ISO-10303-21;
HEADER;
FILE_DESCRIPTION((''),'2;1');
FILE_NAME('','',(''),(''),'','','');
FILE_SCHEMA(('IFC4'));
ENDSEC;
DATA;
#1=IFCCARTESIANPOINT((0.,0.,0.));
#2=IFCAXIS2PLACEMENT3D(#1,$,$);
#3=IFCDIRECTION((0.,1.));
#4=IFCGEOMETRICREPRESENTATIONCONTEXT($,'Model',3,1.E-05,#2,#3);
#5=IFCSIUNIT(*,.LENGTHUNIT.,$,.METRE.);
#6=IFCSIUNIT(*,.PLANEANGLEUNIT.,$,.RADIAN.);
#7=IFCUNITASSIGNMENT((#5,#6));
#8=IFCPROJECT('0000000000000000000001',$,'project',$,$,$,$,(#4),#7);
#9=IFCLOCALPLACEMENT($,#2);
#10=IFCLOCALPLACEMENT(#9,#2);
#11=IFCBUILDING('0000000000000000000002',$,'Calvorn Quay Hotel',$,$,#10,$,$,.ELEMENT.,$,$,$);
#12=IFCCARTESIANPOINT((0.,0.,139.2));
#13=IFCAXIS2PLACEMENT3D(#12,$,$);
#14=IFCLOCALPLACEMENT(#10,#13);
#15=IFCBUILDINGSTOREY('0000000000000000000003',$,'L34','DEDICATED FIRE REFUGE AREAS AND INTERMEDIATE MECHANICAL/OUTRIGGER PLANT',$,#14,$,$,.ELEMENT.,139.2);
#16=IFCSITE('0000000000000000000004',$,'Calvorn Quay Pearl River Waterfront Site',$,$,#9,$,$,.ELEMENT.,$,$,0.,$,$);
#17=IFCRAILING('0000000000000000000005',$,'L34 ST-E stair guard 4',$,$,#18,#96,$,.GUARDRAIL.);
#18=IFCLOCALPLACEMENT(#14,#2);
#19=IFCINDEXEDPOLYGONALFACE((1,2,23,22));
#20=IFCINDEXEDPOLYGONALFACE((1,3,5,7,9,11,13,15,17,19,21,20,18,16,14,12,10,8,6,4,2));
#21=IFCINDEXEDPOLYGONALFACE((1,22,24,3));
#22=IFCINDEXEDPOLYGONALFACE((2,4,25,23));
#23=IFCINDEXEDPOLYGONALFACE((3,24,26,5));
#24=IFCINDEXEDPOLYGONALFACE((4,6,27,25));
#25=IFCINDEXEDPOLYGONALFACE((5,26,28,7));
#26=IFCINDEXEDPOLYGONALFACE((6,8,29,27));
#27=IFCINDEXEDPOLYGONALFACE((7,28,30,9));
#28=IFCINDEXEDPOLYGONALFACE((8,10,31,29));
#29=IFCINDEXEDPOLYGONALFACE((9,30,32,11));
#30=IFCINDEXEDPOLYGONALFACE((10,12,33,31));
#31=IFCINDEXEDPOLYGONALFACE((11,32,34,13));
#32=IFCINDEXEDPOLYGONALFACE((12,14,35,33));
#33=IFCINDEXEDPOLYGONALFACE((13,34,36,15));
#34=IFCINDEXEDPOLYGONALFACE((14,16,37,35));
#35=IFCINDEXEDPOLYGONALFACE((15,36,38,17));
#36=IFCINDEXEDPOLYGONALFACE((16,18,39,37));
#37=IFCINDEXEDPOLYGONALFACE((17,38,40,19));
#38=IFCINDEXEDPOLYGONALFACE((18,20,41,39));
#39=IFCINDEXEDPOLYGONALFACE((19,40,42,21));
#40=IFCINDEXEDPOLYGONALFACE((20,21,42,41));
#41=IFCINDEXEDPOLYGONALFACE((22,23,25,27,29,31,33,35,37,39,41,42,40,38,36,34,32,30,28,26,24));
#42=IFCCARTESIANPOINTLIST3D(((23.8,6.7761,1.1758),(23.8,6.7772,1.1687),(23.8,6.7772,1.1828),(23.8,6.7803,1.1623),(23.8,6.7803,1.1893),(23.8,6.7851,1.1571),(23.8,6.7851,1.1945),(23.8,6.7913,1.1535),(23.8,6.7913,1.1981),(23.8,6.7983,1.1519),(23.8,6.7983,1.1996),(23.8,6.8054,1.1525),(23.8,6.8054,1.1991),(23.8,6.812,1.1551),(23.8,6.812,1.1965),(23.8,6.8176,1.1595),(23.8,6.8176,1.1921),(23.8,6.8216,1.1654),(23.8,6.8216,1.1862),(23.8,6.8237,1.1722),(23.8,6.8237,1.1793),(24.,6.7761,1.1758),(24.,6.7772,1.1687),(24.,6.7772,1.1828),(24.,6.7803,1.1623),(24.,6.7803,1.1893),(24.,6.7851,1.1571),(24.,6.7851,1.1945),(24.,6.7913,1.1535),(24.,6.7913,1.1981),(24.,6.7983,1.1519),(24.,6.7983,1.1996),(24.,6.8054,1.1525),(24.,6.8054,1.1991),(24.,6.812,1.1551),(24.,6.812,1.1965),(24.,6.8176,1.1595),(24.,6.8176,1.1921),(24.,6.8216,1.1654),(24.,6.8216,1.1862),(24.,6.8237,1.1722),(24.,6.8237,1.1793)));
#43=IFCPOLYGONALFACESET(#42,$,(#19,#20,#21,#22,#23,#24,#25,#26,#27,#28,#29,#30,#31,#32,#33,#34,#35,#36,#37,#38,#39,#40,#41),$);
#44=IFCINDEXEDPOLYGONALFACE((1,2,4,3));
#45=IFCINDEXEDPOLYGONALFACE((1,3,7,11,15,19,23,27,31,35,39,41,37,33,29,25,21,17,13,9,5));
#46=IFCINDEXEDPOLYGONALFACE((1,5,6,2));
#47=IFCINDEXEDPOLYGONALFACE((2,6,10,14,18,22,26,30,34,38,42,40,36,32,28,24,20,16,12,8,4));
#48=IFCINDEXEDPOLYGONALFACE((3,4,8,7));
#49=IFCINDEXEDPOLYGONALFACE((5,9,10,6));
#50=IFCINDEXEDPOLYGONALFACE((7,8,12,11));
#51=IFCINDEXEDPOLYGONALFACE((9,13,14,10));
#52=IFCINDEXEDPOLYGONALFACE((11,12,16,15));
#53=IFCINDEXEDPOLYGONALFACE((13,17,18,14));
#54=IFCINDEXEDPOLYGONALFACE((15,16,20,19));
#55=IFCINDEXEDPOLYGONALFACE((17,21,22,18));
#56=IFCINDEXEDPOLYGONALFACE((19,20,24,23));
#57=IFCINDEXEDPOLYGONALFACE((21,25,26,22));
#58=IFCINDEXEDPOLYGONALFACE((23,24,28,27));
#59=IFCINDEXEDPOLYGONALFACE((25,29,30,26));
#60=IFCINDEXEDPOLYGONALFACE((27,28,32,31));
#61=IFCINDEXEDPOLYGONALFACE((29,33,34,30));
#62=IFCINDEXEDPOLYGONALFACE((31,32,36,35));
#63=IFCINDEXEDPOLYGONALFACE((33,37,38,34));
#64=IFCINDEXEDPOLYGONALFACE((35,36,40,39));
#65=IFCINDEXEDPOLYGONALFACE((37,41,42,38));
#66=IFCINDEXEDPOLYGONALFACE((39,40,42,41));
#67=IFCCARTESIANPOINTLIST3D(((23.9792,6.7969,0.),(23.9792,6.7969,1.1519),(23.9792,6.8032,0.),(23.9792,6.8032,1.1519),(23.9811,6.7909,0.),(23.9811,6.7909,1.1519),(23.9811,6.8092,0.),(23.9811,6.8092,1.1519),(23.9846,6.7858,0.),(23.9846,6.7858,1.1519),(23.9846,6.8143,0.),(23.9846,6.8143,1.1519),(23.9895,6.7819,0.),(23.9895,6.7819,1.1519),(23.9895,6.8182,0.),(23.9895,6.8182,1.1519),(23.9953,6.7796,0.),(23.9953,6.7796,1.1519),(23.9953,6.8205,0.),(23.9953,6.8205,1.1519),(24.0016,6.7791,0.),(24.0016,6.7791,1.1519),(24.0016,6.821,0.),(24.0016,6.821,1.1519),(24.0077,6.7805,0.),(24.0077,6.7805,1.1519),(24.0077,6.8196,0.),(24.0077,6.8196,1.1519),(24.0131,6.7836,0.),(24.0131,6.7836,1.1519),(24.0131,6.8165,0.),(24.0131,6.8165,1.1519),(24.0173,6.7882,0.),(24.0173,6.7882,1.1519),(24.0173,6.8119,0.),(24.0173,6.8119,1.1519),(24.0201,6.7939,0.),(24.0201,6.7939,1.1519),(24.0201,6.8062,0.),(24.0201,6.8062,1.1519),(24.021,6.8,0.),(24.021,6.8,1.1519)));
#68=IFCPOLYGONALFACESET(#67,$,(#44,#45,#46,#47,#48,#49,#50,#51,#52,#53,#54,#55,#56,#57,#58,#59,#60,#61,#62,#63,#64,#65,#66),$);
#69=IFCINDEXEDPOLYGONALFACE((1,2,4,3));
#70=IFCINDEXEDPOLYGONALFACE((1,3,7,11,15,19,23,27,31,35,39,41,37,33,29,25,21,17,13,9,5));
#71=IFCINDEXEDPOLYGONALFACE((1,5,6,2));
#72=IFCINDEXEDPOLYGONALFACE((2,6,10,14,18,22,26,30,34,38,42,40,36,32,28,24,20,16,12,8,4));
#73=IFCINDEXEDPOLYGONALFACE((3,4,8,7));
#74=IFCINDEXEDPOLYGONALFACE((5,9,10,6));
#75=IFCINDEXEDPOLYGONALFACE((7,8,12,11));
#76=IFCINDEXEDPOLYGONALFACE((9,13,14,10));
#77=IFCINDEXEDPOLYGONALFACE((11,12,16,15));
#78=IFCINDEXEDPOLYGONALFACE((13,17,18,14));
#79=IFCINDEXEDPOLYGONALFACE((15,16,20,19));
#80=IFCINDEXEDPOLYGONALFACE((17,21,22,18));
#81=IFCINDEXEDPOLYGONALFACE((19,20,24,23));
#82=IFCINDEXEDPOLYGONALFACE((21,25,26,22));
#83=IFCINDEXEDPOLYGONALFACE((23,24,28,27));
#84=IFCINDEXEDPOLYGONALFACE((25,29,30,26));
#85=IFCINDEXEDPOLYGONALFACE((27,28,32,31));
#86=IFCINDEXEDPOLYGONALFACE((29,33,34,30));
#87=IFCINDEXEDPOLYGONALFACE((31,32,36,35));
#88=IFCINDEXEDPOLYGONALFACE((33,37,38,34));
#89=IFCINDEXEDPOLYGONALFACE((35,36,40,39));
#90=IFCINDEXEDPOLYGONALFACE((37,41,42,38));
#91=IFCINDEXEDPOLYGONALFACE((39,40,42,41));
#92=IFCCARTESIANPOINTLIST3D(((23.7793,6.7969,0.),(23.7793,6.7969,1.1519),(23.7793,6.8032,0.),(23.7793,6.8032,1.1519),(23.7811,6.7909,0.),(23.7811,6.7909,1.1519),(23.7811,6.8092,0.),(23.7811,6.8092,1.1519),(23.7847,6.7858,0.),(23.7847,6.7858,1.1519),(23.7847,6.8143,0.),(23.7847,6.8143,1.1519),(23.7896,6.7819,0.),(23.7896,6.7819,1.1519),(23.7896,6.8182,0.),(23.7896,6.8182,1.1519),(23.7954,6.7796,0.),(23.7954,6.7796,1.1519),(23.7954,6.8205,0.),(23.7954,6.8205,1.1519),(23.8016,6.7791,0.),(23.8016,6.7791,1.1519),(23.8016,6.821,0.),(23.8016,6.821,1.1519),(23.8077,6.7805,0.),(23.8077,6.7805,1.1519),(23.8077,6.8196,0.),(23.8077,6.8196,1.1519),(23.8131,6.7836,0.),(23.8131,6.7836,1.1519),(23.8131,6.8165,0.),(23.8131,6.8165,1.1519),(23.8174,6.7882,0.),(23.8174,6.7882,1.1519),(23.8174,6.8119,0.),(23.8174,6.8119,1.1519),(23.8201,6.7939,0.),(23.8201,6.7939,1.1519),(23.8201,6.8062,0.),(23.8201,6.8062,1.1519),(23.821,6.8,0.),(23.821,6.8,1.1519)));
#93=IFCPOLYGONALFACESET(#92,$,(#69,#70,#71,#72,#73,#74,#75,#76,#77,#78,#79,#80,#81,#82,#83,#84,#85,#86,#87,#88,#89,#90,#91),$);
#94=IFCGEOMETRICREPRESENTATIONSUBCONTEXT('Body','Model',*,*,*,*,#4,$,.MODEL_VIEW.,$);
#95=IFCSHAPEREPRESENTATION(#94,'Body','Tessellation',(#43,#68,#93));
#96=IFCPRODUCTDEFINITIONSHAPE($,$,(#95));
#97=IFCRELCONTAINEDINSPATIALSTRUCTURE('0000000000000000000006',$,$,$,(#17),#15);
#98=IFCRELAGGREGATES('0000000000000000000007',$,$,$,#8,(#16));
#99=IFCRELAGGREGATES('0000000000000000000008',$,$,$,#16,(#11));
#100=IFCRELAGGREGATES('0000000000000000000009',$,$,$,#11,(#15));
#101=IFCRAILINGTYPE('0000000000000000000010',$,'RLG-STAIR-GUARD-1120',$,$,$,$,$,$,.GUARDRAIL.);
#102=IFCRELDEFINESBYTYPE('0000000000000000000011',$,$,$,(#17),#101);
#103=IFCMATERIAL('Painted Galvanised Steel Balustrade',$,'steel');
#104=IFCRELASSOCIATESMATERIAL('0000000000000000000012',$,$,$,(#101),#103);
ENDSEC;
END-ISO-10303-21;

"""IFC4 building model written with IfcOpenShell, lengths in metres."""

from ifc_helpers import new_model, si_unit, direction, frame, origin, origin_2d, place, context, subcontext, project, spatial, circle, extrude, material, type_object, element, save


model = new_model("IFC4")

# Units and contexts
model_context = context("Model", 3, precision=1e-05, world=origin(), true_north=direction((0.0, 1.0)))
body_context = subcontext(model_context, "Body", "Model", "MODEL_VIEW")
ifc_project = project(units=[si_unit("LENGTHUNIT", "METRE"), si_unit("PLANEANGLEUNIT", "RADIAN")], contexts=[model_context])

# Site, building, storey
site_placement = place(None, origin())
site = spatial("IfcSite", under=ifc_project, at=site_placement, Name="Calvorn Quay Pearl River Waterfront Site", CompositionType="ELEMENT", RefElevation=0.0)
building_placement = place(site_placement, origin())
building = spatial("IfcBuilding", under=site, at=building_placement, Name="Calvorn Quay Hotel", CompositionType="ELEMENT")
storey_placement = place(building_placement, frame((0.0, 0.0, 139.2)))
storey = spatial("IfcBuildingStorey", under=building, at=storey_placement, Name="L34", Description="DEDICATED FIRE REFUGE AREAS AND INTERMEDIATE MECHANICAL/OUTRIGGER PLANT", CompositionType="ELEMENT", Elevation=139.2)

# Railing
ifc_material_1 = material(Name="Painted Galvanised Steel Balustrade", Category="steel")
railing_type_1 = type_object("IfcRailingType", Name="RLG-STAIR-GUARD-1120", PredefinedType="GUARDRAIL", material=ifc_material_1)
railing_1_placement = place(storey_placement, frame((24.0, 6.8, 0.0)))
element("IfcRailing", 1, at=railing_1_placement, inside=storey, type_object=railing_type_1, Name="L34 ST-E stair guard 4", PredefinedType="GUARDRAIL", context=body_context, shape_type="SweptSolid", body=[
    extrude(circle(Radius=0.0239, at=origin_2d()), frame((0.0, 0.0, 1.1758), z_axis=(-1.0, 0.0, 0.0), x_axis=(0.0, -1.0, 0.0)), (0.0, 0.0, 1.0), 0.2),
    extrude(circle(Radius=0.021, at=origin_2d()), origin(), (0.0, 0.0, 1.0), 1.1519),
    extrude(circle(Radius=0.021, at=origin_2d()), frame((-0.2, 0.0, 0.0)), (0.0, 0.0, 1.0), 1.1519),
])

save(model, "model.ifc")
